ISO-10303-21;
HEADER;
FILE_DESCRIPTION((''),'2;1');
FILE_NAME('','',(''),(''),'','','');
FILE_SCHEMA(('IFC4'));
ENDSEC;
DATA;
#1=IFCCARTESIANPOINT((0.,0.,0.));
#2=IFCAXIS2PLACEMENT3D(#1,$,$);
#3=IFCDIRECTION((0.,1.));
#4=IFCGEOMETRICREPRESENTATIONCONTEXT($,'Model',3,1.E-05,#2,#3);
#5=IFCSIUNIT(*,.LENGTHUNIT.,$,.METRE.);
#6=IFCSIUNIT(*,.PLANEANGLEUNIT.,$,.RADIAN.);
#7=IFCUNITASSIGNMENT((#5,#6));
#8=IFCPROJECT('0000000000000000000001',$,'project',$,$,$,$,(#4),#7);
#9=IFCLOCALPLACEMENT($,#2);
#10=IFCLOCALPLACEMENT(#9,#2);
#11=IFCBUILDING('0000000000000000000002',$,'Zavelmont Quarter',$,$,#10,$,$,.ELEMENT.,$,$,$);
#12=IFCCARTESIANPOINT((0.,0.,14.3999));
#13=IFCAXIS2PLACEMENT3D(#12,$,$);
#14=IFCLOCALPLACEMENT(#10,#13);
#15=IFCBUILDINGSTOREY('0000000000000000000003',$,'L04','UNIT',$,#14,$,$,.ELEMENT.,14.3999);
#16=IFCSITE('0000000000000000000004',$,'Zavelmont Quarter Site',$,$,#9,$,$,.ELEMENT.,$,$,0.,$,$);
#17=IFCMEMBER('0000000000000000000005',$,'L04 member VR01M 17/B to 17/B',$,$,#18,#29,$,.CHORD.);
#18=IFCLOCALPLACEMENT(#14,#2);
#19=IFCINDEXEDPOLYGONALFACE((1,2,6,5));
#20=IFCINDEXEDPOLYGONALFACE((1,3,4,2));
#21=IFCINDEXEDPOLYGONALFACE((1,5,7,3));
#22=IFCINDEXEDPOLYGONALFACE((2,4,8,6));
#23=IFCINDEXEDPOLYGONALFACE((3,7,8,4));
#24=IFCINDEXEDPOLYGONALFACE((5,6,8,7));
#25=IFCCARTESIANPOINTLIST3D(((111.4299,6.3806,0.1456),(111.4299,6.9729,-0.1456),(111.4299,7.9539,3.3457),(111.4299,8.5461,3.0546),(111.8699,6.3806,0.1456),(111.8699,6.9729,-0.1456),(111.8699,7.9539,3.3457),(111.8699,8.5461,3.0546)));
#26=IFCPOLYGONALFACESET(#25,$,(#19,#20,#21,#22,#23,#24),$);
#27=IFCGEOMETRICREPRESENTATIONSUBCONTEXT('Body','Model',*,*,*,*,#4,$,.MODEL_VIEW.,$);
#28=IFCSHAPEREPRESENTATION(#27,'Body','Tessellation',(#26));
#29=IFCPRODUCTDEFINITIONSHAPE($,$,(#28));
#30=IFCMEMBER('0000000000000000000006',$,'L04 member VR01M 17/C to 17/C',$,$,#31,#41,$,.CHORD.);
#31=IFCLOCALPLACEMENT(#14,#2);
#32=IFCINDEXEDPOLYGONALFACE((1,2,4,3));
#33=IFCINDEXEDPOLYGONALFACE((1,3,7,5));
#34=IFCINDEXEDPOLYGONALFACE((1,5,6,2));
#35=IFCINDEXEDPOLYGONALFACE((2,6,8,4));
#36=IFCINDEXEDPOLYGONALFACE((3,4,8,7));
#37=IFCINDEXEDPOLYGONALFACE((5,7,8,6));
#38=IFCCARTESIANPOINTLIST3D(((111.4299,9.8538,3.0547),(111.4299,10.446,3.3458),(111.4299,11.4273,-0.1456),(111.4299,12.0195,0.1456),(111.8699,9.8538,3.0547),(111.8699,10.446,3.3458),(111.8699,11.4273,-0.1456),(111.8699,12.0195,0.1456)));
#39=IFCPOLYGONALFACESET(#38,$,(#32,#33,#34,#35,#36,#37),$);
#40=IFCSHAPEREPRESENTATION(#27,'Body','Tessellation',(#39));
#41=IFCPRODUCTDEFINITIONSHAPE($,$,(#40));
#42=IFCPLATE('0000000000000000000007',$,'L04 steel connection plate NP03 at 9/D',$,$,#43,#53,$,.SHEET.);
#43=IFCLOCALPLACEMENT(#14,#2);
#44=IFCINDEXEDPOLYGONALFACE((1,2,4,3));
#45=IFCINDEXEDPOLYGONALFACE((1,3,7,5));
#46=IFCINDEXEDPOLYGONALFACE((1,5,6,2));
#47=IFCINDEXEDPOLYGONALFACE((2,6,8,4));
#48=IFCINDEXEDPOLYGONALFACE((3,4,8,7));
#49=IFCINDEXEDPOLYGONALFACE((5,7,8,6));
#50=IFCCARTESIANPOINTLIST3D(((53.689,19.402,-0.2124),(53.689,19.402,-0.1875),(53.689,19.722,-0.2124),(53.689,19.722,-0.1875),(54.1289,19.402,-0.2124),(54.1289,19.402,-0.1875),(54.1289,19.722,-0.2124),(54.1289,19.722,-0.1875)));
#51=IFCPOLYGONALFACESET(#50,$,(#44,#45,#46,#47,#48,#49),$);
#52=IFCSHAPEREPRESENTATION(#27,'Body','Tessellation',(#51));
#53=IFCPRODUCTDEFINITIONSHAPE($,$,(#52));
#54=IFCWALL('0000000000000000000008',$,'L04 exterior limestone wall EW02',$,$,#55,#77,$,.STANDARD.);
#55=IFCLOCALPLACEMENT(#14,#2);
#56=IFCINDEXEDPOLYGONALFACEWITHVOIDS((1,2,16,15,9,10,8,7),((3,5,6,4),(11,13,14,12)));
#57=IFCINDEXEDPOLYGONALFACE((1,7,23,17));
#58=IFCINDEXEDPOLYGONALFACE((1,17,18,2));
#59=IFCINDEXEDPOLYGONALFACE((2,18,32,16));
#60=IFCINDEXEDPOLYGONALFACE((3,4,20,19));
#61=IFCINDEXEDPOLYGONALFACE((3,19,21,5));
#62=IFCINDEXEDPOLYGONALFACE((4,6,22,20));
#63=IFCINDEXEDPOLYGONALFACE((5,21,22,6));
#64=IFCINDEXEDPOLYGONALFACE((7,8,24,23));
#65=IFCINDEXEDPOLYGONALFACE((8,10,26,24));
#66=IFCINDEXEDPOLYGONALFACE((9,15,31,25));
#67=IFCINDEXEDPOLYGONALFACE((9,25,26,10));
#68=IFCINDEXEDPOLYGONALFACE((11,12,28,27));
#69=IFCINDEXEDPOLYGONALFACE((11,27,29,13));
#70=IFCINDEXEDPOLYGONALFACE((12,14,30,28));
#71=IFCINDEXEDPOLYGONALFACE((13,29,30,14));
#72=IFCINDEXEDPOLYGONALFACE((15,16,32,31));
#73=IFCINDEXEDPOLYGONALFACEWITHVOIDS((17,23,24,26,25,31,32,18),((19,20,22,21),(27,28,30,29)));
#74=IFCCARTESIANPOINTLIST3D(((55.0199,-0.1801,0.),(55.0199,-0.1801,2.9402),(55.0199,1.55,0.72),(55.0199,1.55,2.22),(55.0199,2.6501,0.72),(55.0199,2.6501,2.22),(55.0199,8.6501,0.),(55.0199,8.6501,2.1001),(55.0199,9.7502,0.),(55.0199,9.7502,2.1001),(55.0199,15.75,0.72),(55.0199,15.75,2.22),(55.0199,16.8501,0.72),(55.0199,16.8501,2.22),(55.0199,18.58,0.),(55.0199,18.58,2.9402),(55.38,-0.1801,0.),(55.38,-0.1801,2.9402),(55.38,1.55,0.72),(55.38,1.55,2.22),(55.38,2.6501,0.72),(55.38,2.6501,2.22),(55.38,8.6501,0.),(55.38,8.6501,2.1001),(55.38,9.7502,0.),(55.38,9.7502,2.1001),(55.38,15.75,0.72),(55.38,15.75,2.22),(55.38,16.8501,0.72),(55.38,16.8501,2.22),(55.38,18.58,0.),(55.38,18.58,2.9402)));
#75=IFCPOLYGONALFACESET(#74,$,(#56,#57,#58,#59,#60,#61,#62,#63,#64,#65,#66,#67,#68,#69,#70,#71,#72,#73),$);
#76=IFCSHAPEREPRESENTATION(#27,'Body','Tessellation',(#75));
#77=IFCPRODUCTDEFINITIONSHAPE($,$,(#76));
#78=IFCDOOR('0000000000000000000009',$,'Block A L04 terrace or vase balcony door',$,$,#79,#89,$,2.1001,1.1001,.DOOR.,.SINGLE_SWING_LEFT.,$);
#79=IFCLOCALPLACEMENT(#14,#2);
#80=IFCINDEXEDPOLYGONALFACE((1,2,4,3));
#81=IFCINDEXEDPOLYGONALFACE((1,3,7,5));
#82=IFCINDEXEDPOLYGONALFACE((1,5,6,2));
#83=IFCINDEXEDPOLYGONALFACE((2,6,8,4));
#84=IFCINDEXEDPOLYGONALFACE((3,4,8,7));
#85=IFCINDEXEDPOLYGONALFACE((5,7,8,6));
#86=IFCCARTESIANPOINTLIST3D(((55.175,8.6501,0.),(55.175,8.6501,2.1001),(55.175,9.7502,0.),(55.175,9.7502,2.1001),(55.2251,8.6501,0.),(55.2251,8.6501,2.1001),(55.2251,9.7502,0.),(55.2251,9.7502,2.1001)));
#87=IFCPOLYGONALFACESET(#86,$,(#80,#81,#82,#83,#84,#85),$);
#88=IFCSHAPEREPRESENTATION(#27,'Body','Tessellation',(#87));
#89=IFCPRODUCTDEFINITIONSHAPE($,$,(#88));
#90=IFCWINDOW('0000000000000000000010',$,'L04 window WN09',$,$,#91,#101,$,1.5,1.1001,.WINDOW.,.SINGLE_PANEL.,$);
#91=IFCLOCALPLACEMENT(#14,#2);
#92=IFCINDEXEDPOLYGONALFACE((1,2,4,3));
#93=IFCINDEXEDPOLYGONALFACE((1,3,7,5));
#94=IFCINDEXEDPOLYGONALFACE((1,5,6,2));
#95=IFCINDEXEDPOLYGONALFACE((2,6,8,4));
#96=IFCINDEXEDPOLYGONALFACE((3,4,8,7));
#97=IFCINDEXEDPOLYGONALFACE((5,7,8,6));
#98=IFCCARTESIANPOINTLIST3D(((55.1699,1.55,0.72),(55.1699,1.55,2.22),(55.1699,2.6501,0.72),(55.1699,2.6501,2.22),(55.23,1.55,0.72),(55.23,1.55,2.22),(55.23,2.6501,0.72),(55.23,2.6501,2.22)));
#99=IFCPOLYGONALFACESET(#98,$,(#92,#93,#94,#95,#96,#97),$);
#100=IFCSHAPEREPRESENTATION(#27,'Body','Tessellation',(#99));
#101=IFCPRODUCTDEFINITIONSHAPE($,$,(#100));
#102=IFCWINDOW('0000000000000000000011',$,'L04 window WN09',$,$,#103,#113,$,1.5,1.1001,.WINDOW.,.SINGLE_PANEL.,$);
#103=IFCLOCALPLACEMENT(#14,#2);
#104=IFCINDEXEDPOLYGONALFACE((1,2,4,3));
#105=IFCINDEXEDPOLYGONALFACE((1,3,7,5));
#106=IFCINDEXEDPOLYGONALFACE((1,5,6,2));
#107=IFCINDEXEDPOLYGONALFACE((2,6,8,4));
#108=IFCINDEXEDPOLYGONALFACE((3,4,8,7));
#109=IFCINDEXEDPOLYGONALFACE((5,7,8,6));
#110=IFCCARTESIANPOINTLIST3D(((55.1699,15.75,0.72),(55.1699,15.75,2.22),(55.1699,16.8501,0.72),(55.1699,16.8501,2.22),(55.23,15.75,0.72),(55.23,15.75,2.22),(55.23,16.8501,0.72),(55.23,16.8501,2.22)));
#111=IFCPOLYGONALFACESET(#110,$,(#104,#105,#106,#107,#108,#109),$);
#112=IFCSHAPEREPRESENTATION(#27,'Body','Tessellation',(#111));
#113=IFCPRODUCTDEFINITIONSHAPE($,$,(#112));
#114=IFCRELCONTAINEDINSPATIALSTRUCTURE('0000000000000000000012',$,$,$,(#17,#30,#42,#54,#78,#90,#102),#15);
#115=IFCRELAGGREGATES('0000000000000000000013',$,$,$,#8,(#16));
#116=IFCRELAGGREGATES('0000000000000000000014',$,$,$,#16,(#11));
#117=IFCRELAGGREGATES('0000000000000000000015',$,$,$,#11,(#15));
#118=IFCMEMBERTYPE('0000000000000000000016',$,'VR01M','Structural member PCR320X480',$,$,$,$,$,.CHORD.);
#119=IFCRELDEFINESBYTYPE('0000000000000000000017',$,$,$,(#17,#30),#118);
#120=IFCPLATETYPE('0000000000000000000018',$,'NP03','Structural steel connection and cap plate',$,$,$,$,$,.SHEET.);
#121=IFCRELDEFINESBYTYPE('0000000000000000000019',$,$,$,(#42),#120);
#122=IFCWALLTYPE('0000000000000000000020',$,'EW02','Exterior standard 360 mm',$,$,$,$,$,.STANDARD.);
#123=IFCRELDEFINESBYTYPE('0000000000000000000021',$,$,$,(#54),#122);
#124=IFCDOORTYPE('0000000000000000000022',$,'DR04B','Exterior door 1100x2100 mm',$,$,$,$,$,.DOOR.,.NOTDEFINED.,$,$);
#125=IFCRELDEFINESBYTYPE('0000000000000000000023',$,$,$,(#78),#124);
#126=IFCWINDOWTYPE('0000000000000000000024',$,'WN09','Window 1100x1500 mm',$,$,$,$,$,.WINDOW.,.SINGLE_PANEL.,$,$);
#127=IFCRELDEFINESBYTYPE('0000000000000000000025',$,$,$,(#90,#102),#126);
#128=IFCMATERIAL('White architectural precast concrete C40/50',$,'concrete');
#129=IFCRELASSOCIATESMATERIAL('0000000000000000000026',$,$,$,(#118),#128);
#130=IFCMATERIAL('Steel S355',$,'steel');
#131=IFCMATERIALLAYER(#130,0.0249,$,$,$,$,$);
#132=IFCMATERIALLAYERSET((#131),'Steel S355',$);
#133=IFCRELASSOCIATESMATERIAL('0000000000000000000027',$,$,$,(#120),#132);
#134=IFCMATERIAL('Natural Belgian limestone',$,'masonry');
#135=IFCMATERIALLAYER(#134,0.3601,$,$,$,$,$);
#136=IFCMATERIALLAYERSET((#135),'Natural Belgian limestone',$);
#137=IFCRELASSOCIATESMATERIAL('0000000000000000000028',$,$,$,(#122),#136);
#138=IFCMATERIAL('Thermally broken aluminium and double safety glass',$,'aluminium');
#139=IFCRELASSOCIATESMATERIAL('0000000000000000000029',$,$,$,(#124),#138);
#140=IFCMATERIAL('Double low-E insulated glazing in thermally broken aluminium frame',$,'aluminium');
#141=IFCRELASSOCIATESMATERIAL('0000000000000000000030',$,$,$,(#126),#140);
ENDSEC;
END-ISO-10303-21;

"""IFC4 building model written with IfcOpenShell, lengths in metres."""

from ifc_helpers import new_model, si_unit, direction, frame, frame_2d, origin, origin_with_axes, origin_2d, place, context, subcontext, project, spatial, rectangle, extrude, material, layer, layer_set, material_profile, profile_set, type_object, element, fill, save


model = new_model("IFC4")

# Units and contexts
model_context = context("Model", 3, precision=1e-05, world=origin(), true_north=direction((0.0, 1.0)))
body_context = subcontext(model_context, "Body", "Model", "MODEL_VIEW")
ifc_project = project(units=[si_unit("LENGTHUNIT", "METRE"), si_unit("PLANEANGLEUNIT", "RADIAN")], contexts=[model_context])

# Site, building, storey
site_placement = place(None, origin())
site = spatial("IfcSite", under=ifc_project, at=site_placement, Name="Zavelmont Quarter Site", CompositionType="ELEMENT", RefElevation=0.0)
building_placement = place(site_placement, origin())
building = spatial("IfcBuilding", under=site, at=building_placement, Name="Zavelmont Quarter", CompositionType="ELEMENT")
storey_placement = place(building_placement, frame((0.0, 0.0, 14.3999)))
storey = spatial("IfcBuildingStorey", under=building, at=storey_placement, Name="L04", Description="UNIT", CompositionType="ELEMENT", Elevation=14.3999)

# Shared definitions
ifc_material_1 = material(Name="Steel S355", Category="steel")

# Members
ifc_material_2 = material(Name="White architectural precast concrete C40/50", Category="concrete")
ifc_material_profile_1 = material_profile(ifc_material_2, rectangle(XDim=0.4399, YDim=0.6599, at=origin_2d()), Name="PCR320X480")
ifc_profile_set_1 = profile_set([ifc_material_profile_1], Name="White architectural precast concrete C40/50")
member_type = type_object("IfcMemberType", Name="VR01M", Description="Structural member PCR320X480", PredefinedType="CHORD", material=ifc_profile_set_1)
member_1_placement = place(storey_placement, frame((111.6499, 6.6768, 0.0), z_axis=(0.0, 0.441179, 0.897419), x_axis=(-1.0, 0.0, 0.0)))
element("IfcMember", 1, at=member_1_placement, inside=storey, type_object=member_type, Name="L04 member VR01M 17/B to 17/B", PredefinedType="CHORD", context=body_context, shape_type="SweptSolid", body=[
    extrude(rectangle(XDim=0.4399, YDim=0.6599, at=origin_2d()), origin(), (0.0, 0.0, 1.0), 3.5659),
])
member_2_placement = place(storey_placement, frame((111.6499, 11.7234, 0.0), z_axis=(0.0, -0.441234, 0.897392), x_axis=(1.0, 0.0, 0.0)))
element("IfcMember", 2, at=member_2_placement, inside=storey, type_object=member_type, Name="L04 member VR01M 17/C to 17/C", PredefinedType="CHORD", context=body_context, shape_type="SweptSolid", body=[
    extrude(rectangle(XDim=0.4399, YDim=0.6599, at=origin_2d()), origin(), (0.0, 0.0, 1.0), 3.5662),
])

# Plate
ifc_layer_1 = layer(ifc_material_1, 0.0249)
ifc_layer_set_1 = layer_set([ifc_layer_1], Name="Steel S355")
plate_type = type_object("IfcPlateType", Name="NP03", Description="Structural steel connection and cap plate", PredefinedType="SHEET", material=ifc_layer_set_1)
plate_placement = place(storey_placement, frame((53.9089, 19.562, -0.2124), z_axis=(0.0, 0.0, 1.0), x_axis=(1.0, 0.0, 0.0)))
element("IfcPlate", 3, at=plate_placement, inside=storey, type_object=plate_type, Name="L04 steel connection plate NP03 at 9/D", PredefinedType="SHEET", context=body_context, shape_type="SweptSolid", body=[
    extrude(rectangle(XDim=0.4399, YDim=0.3201, at=origin_2d()), origin(), (0.0, 0.0, 1.0), 0.0249),
])

# Wall, openings, door, windows
ifc_material_3 = material(Name="Natural Belgian limestone", Category="masonry")
ifc_layer_2 = layer(ifc_material_3, 0.3601)
ifc_layer_set_2 = layer_set([ifc_layer_2], Name="Natural Belgian limestone")
wall_type = type_object("IfcWallType", Name="EW02", Description="Exterior standard 360 mm", PredefinedType="STANDARD", material=ifc_layer_set_2)
wall_placement = place(storey_placement, frame((55.2, -0.1799, 0.0), z_axis=(0.0, 0.0, 1.0), x_axis=(0.0, 1.0, 0.0)))
wall = element("IfcWall", 4, at=wall_placement, inside=storey, type_object=wall_type, Name="L04 exterior limestone wall EW02", PredefinedType="STANDARD", context=body_context, shape_type="SweptSolid", body=[
    extrude(rectangle(XDim=18.76, YDim=0.3601, at=frame_2d((9.3799, 0.0))), origin(), (0.0, 0.0, 1.0), 2.9402),
])
opening_1_placement = place(wall_placement, frame((8.8301, 0.0, 0.0)))
opening_1 = element("IfcOpeningElement", 5, at=opening_1_placement, cuts=wall, PredefinedType="OPENING", context=body_context, shape_type="SweptSolid", body=[
    extrude(rectangle(XDim=1.1001, YDim=2.1001, at=frame_2d((0.55, 1.05))), frame((0.0, 0.1919, 0.0), z_axis=(0.0, -1.0, 0.0), x_axis=(1.0, 0.0, 0.0)), (0.0, 0.0, 1.0), 0.384),
])
opening_2_placement = place(wall_placement, frame((1.73, 0.0, 0.72)))
opening_2 = element("IfcOpeningElement", 6, at=opening_2_placement, cuts=wall, PredefinedType="OPENING", context=body_context, shape_type="SweptSolid", body=[
    extrude(rectangle(XDim=1.1001, YDim=1.5, at=frame_2d((0.55, 0.75))), frame((0.0, 0.1919, 0.0), z_axis=(0.0, -1.0, 0.0), x_axis=(1.0, 0.0, 0.0)), (0.0, 0.0, 1.0), 0.384),
])
opening_3_placement = place(wall_placement, frame((15.9299, 0.0, 0.72)))
opening_3 = element("IfcOpeningElement", 7, at=opening_3_placement, cuts=wall, PredefinedType="OPENING", context=body_context, shape_type="SweptSolid", body=[
    extrude(rectangle(XDim=1.1001, YDim=1.5, at=frame_2d((0.55, 0.75))), frame((0.0, 0.1919, 0.0), z_axis=(0.0, -1.0, 0.0), x_axis=(1.0, 0.0, 0.0)), (0.0, 0.0, 1.0), 0.384),
])
ifc_material_4 = material(Name="Thermally broken aluminium and double safety glass", Category="aluminium")
door_type = type_object("IfcDoorType", Name="DR04B", Description="Exterior door 1100x2100 mm", OperationType="NOTDEFINED", PredefinedType="DOOR", material=ifc_material_4)
door_placement = place(opening_1_placement, origin_with_axes())
door = element("IfcDoor", 8, at=door_placement, inside=storey, type_object=door_type, Name="Block A L04 terrace or vase balcony door", OperationType="SINGLE_SWING_LEFT", OverallHeight=2.1001, OverallWidth=1.1001, PredefinedType="DOOR", context=body_context, shape_type="SweptSolid", body=[
    extrude(rectangle(XDim=1.1001, YDim=2.1001, at=frame_2d((0.55, 1.05))), frame((0.0, 0.0249, 0.0), z_axis=(0.0, -1.0, 0.0), x_axis=(1.0, 0.0, 0.0)), (0.0, 0.0, 1.0), 0.05),
])
fill(opening_1, door)
ifc_material_5 = material(Name="Double low-E insulated glazing in thermally broken aluminium frame", Category="aluminium")
window_type = type_object("IfcWindowType", Name="WN09", Description="Window 1100x1500 mm", PartitioningType="SINGLE_PANEL", PredefinedType="WINDOW", material=ifc_material_5)
window_1_placement = place(opening_2_placement, origin_with_axes())
window_1 = element("IfcWindow", 9, at=window_1_placement, inside=storey, type_object=window_type, Name="L04 window WN09", OverallHeight=1.5, OverallWidth=1.1001, PartitioningType="SINGLE_PANEL", PredefinedType="WINDOW", context=body_context, shape_type="SweptSolid", body=[
    extrude(rectangle(XDim=1.1001, YDim=1.5, at=frame_2d((0.55, 0.75))), frame((0.0, 0.03, 0.0), z_axis=(0.0, -1.0, 0.0), x_axis=(1.0, 0.0, 0.0)), (0.0, 0.0, 1.0), 0.0601),
])
fill(opening_2, window_1)
window_2_placement = place(opening_3_placement, origin_with_axes())
window_2 = element("IfcWindow", 10, at=window_2_placement, inside=storey, type_object=window_type, Name="L04 window WN09", OverallHeight=1.5, OverallWidth=1.1001, PartitioningType="SINGLE_PANEL", PredefinedType="WINDOW", context=body_context, shape_type="SweptSolid", body=[
    extrude(rectangle(XDim=1.1001, YDim=1.5, at=frame_2d((0.55, 0.75))), frame((0.0, 0.03, 0.0), z_axis=(0.0, -1.0, 0.0), x_axis=(1.0, 0.0, 0.0)), (0.0, 0.0, 1.0), 0.0601),
])
fill(opening_3, window_2)

save(model, "model.ifc")
